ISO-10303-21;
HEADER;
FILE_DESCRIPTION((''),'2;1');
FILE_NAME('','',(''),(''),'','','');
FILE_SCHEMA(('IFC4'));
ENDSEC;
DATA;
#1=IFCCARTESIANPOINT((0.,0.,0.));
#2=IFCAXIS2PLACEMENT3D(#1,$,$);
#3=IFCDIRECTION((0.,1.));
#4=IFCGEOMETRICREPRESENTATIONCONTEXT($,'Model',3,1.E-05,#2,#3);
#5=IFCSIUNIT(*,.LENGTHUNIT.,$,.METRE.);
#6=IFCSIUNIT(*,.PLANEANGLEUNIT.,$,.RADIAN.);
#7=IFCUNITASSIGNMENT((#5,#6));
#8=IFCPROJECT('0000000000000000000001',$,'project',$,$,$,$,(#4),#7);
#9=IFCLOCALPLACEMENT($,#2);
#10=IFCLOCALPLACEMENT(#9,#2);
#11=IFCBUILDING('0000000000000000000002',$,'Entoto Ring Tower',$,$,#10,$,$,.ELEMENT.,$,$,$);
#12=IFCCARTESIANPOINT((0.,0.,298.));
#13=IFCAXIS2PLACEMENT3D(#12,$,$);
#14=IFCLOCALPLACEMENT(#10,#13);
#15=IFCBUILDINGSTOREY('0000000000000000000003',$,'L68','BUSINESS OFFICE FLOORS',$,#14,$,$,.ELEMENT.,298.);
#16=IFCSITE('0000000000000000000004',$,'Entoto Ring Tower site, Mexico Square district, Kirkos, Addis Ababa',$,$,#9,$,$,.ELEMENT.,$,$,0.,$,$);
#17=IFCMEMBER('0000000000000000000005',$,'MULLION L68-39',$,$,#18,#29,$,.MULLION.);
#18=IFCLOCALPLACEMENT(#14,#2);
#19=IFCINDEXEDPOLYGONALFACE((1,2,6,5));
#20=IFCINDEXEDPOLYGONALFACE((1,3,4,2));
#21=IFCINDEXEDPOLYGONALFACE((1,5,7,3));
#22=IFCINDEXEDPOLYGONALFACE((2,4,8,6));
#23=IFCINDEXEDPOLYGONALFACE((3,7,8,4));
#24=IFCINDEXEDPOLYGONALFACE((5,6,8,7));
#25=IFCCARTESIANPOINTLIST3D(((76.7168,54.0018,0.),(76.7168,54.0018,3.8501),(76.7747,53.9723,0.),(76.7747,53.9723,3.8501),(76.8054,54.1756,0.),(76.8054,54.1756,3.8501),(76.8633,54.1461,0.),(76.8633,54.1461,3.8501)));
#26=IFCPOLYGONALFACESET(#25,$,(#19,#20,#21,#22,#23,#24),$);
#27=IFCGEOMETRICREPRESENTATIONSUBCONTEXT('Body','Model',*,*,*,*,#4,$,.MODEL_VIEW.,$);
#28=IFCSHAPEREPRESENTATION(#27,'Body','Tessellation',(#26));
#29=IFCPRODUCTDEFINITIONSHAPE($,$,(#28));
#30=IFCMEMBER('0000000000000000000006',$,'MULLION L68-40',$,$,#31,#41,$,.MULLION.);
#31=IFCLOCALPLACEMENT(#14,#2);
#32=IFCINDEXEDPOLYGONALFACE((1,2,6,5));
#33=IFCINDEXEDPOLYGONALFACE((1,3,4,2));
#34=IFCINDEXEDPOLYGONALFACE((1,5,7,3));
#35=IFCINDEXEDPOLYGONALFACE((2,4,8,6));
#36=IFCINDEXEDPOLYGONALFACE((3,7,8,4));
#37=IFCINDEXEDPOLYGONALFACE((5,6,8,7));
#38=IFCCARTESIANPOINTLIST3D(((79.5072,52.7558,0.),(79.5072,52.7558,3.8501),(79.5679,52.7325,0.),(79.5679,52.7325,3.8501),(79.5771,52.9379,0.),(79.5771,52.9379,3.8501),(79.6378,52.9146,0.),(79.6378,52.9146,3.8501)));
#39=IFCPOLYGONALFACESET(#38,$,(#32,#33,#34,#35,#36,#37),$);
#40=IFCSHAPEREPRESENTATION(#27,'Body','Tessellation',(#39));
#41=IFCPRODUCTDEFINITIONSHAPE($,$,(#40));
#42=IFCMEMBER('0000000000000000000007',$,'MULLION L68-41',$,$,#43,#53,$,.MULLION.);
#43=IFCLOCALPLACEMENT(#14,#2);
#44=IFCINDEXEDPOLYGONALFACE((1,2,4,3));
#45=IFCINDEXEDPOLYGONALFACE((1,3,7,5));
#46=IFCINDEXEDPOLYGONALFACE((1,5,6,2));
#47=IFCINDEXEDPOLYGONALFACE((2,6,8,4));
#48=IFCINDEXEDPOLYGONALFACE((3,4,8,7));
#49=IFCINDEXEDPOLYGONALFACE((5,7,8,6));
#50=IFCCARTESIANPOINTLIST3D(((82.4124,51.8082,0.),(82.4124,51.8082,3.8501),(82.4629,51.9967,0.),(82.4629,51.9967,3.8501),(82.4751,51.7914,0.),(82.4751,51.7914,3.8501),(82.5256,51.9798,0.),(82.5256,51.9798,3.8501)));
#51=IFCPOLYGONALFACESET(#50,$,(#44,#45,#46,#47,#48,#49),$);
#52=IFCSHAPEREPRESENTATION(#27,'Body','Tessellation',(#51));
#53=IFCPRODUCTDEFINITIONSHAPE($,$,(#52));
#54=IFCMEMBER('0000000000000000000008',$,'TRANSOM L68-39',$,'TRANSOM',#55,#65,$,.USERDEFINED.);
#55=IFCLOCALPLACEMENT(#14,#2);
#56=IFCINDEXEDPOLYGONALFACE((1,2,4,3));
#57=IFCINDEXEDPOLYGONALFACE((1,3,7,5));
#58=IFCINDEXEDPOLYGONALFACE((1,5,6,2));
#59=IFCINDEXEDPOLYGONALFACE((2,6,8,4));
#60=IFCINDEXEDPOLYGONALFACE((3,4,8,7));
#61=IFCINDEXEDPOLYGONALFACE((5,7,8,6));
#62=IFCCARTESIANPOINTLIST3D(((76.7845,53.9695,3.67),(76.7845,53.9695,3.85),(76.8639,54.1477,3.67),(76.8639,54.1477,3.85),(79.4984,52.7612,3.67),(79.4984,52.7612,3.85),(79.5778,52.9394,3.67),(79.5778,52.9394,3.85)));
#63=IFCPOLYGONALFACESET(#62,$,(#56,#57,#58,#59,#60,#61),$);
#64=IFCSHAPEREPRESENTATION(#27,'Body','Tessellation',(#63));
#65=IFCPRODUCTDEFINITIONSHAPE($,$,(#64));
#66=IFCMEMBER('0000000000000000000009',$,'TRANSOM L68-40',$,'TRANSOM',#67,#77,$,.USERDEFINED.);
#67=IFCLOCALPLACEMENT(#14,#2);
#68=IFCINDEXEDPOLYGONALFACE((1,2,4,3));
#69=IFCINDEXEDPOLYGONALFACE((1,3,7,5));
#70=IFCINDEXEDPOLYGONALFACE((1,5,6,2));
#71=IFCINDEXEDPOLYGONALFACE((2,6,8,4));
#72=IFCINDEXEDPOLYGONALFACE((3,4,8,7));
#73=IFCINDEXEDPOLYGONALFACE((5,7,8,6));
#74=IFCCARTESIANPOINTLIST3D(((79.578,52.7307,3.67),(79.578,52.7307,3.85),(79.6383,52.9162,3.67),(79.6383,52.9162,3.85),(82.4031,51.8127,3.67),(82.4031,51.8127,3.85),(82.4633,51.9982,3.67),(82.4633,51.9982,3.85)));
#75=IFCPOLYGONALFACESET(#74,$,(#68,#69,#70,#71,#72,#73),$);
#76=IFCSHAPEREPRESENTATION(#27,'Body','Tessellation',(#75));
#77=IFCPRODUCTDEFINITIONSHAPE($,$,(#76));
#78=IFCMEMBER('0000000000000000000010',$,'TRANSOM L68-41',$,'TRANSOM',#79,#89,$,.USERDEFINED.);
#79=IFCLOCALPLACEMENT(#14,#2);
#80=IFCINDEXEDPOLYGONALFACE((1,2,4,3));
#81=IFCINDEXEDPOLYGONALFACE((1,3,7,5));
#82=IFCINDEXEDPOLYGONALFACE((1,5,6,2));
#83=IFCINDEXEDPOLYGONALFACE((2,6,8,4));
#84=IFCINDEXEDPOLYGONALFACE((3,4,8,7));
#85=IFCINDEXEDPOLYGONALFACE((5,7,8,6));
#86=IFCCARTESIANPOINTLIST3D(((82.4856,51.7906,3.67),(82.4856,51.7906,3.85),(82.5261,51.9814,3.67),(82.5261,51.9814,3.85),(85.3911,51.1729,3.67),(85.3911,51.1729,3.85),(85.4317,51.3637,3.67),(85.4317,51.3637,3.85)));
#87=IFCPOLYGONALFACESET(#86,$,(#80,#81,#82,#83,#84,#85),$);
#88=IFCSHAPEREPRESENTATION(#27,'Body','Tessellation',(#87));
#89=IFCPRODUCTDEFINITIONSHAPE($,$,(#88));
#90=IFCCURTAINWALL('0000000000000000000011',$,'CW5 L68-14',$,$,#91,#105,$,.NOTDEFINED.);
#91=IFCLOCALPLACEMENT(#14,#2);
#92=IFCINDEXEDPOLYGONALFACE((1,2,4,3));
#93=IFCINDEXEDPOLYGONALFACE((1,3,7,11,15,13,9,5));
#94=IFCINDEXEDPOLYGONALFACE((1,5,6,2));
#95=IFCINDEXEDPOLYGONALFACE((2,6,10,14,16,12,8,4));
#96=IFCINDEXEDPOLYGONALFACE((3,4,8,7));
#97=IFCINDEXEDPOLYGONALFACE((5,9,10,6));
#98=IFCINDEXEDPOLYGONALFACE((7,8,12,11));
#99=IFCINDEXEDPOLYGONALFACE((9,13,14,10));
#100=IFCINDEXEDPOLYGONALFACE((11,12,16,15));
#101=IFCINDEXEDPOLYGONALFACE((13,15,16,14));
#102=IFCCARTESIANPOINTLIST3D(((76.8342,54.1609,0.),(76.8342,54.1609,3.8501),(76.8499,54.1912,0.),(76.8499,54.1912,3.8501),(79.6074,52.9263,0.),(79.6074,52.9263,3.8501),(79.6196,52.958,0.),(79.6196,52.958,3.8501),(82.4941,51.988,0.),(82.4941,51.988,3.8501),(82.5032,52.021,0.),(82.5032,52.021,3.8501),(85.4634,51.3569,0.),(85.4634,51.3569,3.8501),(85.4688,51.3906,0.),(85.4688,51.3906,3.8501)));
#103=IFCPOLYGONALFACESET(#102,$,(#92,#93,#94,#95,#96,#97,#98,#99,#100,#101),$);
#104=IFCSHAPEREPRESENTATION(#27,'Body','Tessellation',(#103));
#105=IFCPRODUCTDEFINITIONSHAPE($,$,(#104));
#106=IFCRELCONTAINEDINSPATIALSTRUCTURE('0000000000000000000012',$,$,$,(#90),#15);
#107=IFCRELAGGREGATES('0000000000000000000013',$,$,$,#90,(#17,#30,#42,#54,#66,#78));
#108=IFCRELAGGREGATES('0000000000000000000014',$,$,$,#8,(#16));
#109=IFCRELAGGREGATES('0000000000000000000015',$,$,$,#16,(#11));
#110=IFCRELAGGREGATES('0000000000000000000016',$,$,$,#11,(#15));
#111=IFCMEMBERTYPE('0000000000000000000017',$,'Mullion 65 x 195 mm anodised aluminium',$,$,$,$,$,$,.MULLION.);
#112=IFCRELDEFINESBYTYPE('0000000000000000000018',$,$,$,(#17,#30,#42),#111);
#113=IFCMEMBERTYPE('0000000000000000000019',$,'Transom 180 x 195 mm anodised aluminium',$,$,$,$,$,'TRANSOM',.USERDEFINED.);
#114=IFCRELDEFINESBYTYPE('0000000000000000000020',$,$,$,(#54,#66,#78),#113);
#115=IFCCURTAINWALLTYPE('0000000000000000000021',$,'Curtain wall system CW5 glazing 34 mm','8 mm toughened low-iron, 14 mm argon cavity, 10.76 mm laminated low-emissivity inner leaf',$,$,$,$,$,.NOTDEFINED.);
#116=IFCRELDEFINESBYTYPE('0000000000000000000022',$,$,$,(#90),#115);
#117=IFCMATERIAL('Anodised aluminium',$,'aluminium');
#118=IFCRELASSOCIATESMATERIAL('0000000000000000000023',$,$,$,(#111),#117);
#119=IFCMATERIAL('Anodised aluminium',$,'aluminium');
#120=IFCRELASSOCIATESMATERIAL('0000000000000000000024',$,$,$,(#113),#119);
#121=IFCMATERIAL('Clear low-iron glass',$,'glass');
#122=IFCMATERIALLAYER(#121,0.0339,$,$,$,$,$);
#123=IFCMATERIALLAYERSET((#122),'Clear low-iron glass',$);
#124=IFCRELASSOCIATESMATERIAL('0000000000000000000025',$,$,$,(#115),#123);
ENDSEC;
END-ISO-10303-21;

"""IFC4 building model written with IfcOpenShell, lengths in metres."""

from ifc_helpers import new_model, si_unit, direction, frame, origin, origin_2d, place, context, subcontext, project, spatial, polyline, rectangle, outline, extrude, material, layer, layer_set, material_profile, profile_set, type_object, element, aggregate, save


model = new_model("IFC4")

# Units and contexts
model_context = context("Model", 3, precision=1e-05, world=origin(), true_north=direction((0.0, 1.0)))
body_context = subcontext(model_context, "Body", "Model", "MODEL_VIEW")
ifc_project = project(units=[si_unit("LENGTHUNIT", "METRE"), si_unit("PLANEANGLEUNIT", "RADIAN")], contexts=[model_context])

# Members
ifc_material_1 = material(Name="Anodised aluminium", Category="aluminium")
ifc_material_profile_1 = material_profile(ifc_material_1, rectangle(XDim=0.0649, YDim=0.1951, at=origin_2d()), Name="Mullion 65 x 195 mm anodised aluminium")
ifc_profile_set_1 = profile_set([ifc_material_profile_1], Name="Anodised aluminium")
member_type_1 = type_object("IfcMemberType", Name="Mullion 65 x 195 mm anodised aluminium", PredefinedType="MULLION", material=ifc_profile_set_1)
site_placement = place(None, origin())
building_placement = place(site_placement, origin())
storey_placement = place(building_placement, frame((0.0, 0.0, 298.0)))
member_1_placement = place(storey_placement, frame((76.79, 54.074, 0.0), z_axis=(0.0, 0.0, 1.0), x_axis=(0.891007, -0.45399, 0.0)))
member_1 = element("IfcMember", 1, at=member_1_placement, type_object=member_type_1, Name="MULLION L68-39", PredefinedType="MULLION", context=body_context, shape_type="SweptSolid", body=[
    extrude(rectangle(XDim=0.0649, YDim=0.1951, at=origin_2d()), origin(), (0.0, 0.0, 1.0), 3.8501),
])
member_2_placement = place(storey_placement, frame((79.5725, 52.8352, 0.0), z_axis=(0.0, 0.0, 1.0), x_axis=(0.93358, -0.358368, 0.0)))
member_2 = element("IfcMember", 2, at=member_2_placement, type_object=member_type_1, Name="MULLION L68-40", PredefinedType="MULLION", context=body_context, shape_type="SweptSolid", body=[
    extrude(rectangle(XDim=0.0649, YDim=0.1951, at=origin_2d()), origin(), (0.0, 0.0, 1.0), 3.8501),
])
member_3_placement = place(storey_placement, frame((82.469, 51.894, 0.0), z_axis=(0.0, 0.0, 1.0), x_axis=(0.965926, -0.258819, 0.0)))
member_3 = element("IfcMember", 3, at=member_3_placement, type_object=member_type_1, Name="MULLION L68-41", PredefinedType="MULLION", context=body_context, shape_type="SweptSolid", body=[
    extrude(rectangle(XDim=0.0649, YDim=0.1951, at=origin_2d()), origin(), (0.0, 0.0, 1.0), 3.8501),
])
ifc_material_2 = material(Name="Anodised aluminium", Category="aluminium")
ifc_material_profile_2 = material_profile(ifc_material_2, rectangle(XDim=0.1951, YDim=0.1799, at=origin_2d()), Name="Transom 180 x 195 mm anodised aluminium")
ifc_profile_set_2 = profile_set([ifc_material_profile_2], Name="Anodised aluminium")
member_type_2 = type_object("IfcMemberType", Name="Transom 180 x 195 mm anodised aluminium", ElementType="TRANSOM", PredefinedType="USERDEFINED", material=ifc_profile_set_2)
member_4_placement = place(storey_placement, frame((76.8242, 54.0586, 3.76), z_axis=(0.91355, -0.406726, 0.0), x_axis=(0.406726, 0.91355, 0.0)))
member_4 = element("IfcMember", 4, at=member_4_placement, type_object=member_type_2, Name="TRANSOM L68-39", ObjectType="TRANSOM", PredefinedType="USERDEFINED", context=body_context, shape_type="SweptSolid", body=[
    extrude(rectangle(XDim=0.1951, YDim=0.1799, at=origin_2d()), origin(), (0.0, 0.0, 1.0), 2.9707),
])
member_5_placement = place(storey_placement, frame((79.6082, 52.8235, 3.76), z_axis=(0.951048, -0.309043, 0.0), x_axis=(0.309043, 0.951048, 0.0)))
member_5 = element("IfcMember", 5, at=member_5_placement, type_object=member_type_2, Name="TRANSOM L68-40", ObjectType="TRANSOM", PredefinedType="USERDEFINED", context=body_context, shape_type="SweptSolid", body=[
    extrude(rectangle(XDim=0.1951, YDim=0.1799, at=origin_2d()), origin(), (0.0, 0.0, 1.0), 2.9705),
])
member_6_placement = place(storey_placement, frame((82.5059, 51.886, 3.76), z_axis=(0.978142, -0.20794, 0.0), x_axis=(0.20794, 0.978142, 0.0)))
member_6 = element("IfcMember", 6, at=member_6_placement, type_object=member_type_2, Name="TRANSOM L68-41", ObjectType="TRANSOM", PredefinedType="USERDEFINED", context=body_context, shape_type="SweptSolid", body=[
    extrude(rectangle(XDim=0.1951, YDim=0.1799, at=origin_2d()), origin(), (0.0, 0.0, 1.0), 2.9705),
])

# Site, building, storey
site = spatial("IfcSite", under=ifc_project, at=site_placement, Name="Entoto Ring Tower site, Mexico Square district, Kirkos, Addis Ababa", CompositionType="ELEMENT", RefElevation=0.0)
building = spatial("IfcBuilding", under=site, at=building_placement, Name="Entoto Ring Tower", CompositionType="ELEMENT")
storey = spatial("IfcBuildingStorey", under=building, at=storey_placement, Name="L68", Description="BUSINESS OFFICE FLOORS", CompositionType="ELEMENT", Elevation=298.0)

# Curtain wall
ifc_material_3 = material(Name="Clear low-iron glass", Category="glass")
ifc_layer = layer(ifc_material_3, 0.0339)
ifc_layer_set = layer_set([ifc_layer], Name="Clear low-iron glass")
curtain_wall_type = type_object("IfcCurtainWallType", Name="Curtain wall system CW5 glazing 34 mm", Description="8 mm toughened low-iron, 14 mm argon cavity, 10.76 mm laminated low-emissivity inner leaf", PredefinedType="NOTDEFINED", material=ifc_layer_set)
curtain_wall_1_placement = place(storey_placement, origin())
curtain_wall_1 = element("IfcCurtainWall", 7, at=curtain_wall_1_placement, inside=storey, type_object=curtain_wall_type, Name="CW5 L68-14", PredefinedType="NOTDEFINED", context=body_context, shape_type="SweptSolid", body=[
    extrude(outline(polyline([(76.8342, 54.1609), (79.6074, 52.9263), (82.4941, 51.988), (85.4634, 51.3569), (85.4688, 51.3906), (82.5032, 52.021), (79.6196, 52.958), (76.8499, 54.1912), (76.8342, 54.1609)])), origin(), (0.0, 0.0, 1.0), 3.8501),
])
aggregate(curtain_wall_1, [member_1, member_2, member_3, member_4, member_5, member_6])

save(model, "model.ifc")
